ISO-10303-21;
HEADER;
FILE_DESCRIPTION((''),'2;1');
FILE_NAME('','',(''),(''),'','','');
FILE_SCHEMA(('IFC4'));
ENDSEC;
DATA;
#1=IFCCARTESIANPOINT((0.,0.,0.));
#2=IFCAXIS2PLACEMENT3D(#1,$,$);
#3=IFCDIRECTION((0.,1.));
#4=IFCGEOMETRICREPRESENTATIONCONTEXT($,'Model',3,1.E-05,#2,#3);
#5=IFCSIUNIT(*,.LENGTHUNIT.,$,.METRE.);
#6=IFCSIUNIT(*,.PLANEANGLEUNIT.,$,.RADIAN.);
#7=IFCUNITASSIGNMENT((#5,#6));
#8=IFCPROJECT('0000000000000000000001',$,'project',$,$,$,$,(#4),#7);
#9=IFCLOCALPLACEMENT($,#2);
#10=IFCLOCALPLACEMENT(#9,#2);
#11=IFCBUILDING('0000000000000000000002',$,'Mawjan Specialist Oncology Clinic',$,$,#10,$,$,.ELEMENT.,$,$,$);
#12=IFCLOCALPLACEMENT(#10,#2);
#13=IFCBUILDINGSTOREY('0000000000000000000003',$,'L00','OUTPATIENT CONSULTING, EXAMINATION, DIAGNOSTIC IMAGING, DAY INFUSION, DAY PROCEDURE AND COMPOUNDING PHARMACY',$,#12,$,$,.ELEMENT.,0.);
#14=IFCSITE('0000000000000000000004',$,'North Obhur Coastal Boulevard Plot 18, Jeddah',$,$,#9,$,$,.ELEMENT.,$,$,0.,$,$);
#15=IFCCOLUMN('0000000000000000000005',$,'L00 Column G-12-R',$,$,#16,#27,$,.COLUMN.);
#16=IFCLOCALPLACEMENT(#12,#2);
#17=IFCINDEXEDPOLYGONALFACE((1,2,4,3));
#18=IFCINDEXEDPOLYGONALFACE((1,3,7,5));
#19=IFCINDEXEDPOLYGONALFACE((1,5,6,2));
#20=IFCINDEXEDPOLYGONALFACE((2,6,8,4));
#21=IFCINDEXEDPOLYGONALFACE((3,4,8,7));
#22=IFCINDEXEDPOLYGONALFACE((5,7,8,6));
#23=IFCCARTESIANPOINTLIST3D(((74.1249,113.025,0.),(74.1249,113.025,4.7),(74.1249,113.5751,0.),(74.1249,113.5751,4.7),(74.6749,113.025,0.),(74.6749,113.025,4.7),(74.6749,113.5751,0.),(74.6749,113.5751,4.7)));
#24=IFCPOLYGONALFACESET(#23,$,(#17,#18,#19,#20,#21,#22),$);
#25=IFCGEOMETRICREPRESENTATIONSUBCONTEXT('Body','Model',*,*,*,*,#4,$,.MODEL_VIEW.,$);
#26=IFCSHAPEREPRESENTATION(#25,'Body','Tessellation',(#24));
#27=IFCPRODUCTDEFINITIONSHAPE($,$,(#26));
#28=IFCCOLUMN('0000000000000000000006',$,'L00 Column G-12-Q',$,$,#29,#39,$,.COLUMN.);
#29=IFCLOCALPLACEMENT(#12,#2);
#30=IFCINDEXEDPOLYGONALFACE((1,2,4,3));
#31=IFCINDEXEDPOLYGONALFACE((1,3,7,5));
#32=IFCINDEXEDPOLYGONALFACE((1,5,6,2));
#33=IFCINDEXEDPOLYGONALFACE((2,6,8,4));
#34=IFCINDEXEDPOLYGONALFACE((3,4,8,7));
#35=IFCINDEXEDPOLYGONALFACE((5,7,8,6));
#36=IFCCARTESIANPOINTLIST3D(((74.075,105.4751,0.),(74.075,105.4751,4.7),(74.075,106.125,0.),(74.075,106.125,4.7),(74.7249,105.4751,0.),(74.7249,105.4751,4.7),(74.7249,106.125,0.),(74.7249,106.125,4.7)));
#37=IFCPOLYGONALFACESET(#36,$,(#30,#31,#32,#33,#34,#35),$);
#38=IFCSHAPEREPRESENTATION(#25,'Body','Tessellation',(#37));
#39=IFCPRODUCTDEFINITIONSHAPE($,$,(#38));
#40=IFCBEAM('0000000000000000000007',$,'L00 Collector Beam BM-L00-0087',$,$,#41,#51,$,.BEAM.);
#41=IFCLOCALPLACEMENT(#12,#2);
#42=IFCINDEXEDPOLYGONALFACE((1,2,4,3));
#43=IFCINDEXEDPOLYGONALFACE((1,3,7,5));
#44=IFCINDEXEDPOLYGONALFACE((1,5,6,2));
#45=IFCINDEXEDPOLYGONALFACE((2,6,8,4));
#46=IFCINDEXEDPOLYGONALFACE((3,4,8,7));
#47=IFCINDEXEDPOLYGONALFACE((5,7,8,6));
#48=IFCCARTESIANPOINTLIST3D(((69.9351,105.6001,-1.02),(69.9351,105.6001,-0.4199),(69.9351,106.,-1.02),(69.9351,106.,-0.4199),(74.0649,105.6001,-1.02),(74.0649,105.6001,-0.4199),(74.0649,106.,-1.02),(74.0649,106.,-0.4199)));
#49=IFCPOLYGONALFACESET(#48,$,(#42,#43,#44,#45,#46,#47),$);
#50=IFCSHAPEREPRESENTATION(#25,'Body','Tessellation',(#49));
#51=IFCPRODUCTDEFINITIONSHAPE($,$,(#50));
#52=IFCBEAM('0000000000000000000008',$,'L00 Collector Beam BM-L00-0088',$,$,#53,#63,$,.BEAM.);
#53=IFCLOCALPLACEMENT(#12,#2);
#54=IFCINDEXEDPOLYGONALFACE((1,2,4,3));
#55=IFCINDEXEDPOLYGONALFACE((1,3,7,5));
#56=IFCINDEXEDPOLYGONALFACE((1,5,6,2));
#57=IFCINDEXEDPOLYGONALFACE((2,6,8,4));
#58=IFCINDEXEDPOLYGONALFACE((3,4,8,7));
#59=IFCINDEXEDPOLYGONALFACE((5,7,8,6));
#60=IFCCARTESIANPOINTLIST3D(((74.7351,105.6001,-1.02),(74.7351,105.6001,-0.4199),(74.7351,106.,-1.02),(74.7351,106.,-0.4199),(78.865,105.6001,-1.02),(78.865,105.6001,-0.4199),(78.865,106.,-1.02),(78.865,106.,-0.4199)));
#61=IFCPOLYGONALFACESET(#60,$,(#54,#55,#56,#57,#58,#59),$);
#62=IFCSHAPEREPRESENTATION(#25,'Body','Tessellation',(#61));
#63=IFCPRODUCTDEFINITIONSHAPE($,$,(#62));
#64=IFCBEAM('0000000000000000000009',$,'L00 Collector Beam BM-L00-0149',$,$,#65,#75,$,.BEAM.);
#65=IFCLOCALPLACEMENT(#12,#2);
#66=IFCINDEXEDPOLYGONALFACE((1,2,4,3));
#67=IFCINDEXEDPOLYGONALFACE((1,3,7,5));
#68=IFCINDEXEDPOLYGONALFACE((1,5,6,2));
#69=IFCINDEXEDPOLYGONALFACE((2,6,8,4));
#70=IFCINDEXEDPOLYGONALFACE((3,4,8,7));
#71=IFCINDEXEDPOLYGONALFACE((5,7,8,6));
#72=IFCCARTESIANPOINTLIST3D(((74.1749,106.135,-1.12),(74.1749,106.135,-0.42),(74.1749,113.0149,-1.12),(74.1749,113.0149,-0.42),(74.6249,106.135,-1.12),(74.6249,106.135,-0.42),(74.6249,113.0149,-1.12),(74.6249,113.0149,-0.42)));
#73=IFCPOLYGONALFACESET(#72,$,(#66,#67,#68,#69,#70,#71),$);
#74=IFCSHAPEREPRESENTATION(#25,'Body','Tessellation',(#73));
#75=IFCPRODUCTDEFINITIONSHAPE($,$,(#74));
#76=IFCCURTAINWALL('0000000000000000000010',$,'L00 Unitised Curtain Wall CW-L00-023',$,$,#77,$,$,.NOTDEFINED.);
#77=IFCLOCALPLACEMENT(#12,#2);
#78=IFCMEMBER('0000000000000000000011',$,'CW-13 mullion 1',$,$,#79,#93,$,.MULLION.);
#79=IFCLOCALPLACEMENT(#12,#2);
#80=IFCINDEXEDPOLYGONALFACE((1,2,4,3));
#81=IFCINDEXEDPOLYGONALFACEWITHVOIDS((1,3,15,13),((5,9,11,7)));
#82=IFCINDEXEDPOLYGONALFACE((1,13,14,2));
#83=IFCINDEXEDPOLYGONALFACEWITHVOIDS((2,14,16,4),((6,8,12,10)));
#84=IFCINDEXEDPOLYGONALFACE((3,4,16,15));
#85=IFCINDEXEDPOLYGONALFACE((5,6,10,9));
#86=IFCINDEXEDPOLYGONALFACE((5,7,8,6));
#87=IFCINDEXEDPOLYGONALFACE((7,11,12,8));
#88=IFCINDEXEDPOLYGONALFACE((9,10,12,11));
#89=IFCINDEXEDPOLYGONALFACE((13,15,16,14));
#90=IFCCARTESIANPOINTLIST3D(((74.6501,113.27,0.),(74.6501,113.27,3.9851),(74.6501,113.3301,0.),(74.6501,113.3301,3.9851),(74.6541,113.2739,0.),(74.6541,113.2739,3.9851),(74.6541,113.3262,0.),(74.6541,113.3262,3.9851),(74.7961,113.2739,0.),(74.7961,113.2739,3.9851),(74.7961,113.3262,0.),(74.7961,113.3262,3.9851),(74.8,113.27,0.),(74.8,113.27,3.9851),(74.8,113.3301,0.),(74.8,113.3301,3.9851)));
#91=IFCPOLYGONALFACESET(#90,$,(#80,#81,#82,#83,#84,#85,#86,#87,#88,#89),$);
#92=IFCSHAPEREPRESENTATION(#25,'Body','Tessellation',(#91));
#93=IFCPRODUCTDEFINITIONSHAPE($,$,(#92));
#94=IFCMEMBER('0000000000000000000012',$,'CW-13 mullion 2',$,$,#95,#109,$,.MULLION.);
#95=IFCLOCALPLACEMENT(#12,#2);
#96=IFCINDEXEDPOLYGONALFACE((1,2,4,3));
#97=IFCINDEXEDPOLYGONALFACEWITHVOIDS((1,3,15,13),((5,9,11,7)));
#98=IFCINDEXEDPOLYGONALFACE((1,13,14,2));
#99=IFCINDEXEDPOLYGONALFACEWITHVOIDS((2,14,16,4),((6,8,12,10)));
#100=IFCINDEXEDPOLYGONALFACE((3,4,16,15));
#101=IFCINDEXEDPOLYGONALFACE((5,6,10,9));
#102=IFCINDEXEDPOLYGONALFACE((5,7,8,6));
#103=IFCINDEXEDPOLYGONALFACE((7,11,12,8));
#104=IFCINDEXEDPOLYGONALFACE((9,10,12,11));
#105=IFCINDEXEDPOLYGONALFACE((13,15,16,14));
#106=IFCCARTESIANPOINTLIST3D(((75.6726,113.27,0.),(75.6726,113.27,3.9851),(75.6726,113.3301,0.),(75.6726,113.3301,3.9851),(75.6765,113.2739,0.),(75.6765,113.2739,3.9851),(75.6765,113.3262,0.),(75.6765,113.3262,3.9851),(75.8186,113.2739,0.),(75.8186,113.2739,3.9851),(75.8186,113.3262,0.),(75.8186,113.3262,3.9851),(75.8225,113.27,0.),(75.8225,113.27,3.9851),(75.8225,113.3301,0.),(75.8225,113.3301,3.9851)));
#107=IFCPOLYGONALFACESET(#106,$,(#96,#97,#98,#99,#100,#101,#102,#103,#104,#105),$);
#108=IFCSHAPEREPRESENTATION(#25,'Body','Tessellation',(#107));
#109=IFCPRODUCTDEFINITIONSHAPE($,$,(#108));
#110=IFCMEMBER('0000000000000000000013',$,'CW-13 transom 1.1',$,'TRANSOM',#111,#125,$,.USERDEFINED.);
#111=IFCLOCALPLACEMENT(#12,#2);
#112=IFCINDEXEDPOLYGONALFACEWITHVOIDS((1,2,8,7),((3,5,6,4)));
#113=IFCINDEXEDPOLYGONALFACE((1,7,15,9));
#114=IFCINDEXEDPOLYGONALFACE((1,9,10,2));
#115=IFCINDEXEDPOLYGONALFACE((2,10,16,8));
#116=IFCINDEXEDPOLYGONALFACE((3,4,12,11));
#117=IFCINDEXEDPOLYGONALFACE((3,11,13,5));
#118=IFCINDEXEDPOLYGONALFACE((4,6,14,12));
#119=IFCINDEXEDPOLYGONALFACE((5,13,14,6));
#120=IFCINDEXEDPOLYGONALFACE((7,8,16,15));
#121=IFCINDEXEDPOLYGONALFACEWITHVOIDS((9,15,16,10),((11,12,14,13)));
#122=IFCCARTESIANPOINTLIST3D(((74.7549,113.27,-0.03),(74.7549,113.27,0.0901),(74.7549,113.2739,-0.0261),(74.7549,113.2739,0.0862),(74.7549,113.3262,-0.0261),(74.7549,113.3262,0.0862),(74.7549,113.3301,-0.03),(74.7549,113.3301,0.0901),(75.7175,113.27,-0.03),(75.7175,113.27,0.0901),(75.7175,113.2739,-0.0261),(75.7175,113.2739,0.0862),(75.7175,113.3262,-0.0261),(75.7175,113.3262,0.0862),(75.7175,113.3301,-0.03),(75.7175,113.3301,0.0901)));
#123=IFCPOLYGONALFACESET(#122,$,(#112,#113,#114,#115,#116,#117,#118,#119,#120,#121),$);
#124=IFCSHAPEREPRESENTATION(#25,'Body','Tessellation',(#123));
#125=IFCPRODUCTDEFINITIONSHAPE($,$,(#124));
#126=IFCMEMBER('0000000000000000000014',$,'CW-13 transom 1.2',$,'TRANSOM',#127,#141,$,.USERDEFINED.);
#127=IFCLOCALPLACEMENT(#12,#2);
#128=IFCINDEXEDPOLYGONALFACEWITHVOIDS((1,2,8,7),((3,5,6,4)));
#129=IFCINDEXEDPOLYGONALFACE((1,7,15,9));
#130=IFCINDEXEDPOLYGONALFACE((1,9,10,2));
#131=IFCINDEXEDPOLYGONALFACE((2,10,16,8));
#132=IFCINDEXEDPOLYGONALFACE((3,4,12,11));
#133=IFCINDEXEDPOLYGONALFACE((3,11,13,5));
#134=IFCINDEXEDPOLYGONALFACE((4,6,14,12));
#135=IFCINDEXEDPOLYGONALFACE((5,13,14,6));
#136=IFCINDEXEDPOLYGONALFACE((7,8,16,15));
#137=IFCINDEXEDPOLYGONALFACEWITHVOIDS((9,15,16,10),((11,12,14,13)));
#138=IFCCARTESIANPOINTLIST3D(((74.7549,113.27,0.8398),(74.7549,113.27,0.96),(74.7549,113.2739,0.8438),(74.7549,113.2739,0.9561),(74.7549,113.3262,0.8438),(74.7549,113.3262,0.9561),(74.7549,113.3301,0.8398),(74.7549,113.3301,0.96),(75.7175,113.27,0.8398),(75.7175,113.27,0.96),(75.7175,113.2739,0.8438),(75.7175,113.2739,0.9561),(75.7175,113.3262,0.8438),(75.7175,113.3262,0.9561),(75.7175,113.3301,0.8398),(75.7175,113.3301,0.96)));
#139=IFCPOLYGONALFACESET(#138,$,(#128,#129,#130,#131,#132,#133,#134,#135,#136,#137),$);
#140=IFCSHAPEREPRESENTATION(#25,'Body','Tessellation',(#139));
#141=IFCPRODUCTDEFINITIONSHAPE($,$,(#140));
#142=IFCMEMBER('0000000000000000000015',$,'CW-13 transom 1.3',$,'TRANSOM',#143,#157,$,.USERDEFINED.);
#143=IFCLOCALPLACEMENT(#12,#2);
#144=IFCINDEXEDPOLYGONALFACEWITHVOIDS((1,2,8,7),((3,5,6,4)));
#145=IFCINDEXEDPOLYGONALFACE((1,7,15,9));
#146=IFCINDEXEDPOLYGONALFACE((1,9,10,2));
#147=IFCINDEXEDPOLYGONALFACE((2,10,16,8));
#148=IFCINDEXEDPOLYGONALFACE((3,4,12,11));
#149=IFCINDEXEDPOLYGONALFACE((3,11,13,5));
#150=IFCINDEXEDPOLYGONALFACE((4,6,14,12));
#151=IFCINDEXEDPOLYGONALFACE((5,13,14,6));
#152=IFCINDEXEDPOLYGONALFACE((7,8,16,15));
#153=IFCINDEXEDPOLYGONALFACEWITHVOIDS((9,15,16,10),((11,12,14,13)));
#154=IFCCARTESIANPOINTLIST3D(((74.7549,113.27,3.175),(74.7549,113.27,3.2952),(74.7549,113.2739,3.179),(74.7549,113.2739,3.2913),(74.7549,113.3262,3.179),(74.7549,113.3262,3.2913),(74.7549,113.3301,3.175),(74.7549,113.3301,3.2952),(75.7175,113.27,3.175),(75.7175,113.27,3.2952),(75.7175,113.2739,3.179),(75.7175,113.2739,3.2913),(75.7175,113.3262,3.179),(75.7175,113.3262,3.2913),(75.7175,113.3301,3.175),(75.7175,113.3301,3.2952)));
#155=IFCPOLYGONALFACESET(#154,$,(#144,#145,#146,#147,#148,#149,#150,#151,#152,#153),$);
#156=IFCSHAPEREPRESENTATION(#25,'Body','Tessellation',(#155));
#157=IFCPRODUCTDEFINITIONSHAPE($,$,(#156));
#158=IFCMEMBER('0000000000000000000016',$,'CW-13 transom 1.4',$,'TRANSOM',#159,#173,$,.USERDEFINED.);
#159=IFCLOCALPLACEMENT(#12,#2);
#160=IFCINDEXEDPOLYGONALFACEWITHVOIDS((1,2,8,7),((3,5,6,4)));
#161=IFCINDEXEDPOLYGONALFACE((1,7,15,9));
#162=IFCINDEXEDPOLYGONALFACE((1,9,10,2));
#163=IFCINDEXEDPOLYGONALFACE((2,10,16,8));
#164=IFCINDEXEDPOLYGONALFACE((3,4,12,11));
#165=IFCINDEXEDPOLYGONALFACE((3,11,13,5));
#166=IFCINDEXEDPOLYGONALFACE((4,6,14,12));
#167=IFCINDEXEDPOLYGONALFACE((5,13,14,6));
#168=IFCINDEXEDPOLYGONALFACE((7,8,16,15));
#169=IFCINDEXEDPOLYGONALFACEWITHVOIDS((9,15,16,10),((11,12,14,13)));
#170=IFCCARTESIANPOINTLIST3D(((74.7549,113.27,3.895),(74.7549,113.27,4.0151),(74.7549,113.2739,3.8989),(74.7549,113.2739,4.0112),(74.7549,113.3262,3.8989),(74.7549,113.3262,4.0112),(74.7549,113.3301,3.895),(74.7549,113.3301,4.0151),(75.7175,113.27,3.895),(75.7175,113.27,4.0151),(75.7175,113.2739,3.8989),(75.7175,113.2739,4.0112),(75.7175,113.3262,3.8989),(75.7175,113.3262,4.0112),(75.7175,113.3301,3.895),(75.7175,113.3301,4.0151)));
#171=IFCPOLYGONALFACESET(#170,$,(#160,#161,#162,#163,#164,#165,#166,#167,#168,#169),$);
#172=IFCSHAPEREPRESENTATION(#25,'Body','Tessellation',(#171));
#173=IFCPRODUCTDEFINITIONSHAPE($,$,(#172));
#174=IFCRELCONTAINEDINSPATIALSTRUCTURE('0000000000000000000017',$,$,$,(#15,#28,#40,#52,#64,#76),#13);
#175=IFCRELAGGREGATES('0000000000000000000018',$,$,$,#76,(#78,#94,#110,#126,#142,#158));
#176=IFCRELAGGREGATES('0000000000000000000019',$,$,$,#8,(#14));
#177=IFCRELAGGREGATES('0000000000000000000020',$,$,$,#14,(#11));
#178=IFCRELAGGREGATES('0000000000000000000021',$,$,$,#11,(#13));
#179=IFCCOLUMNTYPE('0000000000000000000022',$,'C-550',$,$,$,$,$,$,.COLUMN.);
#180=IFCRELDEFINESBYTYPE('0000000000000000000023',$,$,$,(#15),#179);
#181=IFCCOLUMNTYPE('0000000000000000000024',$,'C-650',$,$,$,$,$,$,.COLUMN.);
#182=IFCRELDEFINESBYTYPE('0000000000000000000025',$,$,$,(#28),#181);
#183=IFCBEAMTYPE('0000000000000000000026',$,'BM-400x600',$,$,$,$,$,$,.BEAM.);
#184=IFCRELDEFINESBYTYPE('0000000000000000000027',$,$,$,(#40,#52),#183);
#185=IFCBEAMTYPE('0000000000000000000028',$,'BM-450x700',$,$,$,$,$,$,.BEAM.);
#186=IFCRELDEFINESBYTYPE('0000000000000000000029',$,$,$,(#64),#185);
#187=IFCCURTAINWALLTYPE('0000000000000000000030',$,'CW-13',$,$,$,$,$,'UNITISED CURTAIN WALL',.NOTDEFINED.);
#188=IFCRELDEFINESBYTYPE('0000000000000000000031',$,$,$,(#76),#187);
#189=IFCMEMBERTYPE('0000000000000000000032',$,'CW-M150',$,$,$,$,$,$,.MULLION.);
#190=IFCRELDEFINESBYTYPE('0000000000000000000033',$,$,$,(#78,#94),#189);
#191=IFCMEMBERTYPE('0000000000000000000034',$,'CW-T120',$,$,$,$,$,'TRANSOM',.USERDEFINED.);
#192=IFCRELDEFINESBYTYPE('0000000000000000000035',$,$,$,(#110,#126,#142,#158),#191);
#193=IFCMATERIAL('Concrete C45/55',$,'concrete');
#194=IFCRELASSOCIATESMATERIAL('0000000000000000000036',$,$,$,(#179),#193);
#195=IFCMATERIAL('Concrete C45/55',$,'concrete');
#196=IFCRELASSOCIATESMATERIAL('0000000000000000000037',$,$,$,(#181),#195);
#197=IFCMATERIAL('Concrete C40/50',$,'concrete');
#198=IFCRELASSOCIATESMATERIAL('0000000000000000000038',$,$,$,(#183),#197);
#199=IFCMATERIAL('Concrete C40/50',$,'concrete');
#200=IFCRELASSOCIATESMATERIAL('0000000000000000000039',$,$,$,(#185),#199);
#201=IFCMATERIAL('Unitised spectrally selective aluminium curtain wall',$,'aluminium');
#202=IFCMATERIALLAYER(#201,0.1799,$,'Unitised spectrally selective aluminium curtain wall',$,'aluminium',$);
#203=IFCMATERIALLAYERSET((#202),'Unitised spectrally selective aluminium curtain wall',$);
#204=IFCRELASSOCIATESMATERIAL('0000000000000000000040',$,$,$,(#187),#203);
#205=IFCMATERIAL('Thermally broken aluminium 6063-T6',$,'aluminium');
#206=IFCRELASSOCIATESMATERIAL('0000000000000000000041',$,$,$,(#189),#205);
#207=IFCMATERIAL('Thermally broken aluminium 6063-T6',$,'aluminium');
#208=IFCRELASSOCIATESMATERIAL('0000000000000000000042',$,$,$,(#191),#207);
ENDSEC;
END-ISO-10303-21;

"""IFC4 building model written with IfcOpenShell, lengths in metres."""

from ifc_helpers import new_model, si_unit, direction, frame, origin, origin_2d, place, context, subcontext, project, spatial, rectangle, hollow_rectangle, extrude, material, layer, layer_set, material_profile, profile_set, type_object, element, aggregate, save


model = new_model("IFC4")

# Units and contexts
model_context = context("Model", 3, precision=1e-05, world=origin(), true_north=direction((0.0, 1.0)))
body_context = subcontext(model_context, "Body", "Model", "MODEL_VIEW")
ifc_project = project(units=[si_unit("LENGTHUNIT", "METRE"), si_unit("PLANEANGLEUNIT", "RADIAN")], contexts=[model_context])

# Site, building, storey
site_placement = place(None, origin())
site = spatial("IfcSite", under=ifc_project, at=site_placement, Name="North Obhur Coastal Boulevard Plot 18, Jeddah", CompositionType="ELEMENT", RefElevation=0.0)
building_placement = place(site_placement, origin())
building = spatial("IfcBuilding", under=site, at=building_placement, Name="Mawjan Specialist Oncology Clinic", CompositionType="ELEMENT")
storey_placement = place(building_placement, origin())
storey = spatial("IfcBuildingStorey", under=building, at=storey_placement, Name="L00", Description="OUTPATIENT CONSULTING, EXAMINATION, DIAGNOSTIC IMAGING, DAY INFUSION, DAY PROCEDURE AND COMPOUNDING PHARMACY", CompositionType="ELEMENT", Elevation=0.0)

# Columns
ifc_material_1 = material(Name="Concrete C45/55", Category="concrete")
ifc_material_profile_1 = material_profile(ifc_material_1, rectangle(XDim=0.55, YDim=0.55, at=origin_2d()), Name="RC COL 550x550", Category="concrete")
ifc_profile_set_1 = profile_set([ifc_material_profile_1], Name="Concrete C45/55")
column_type_1 = type_object("IfcColumnType", Name="C-550", PredefinedType="COLUMN", material=ifc_profile_set_1)
column_1_placement = place(storey_placement, frame((74.3999, 113.3, 0.0), z_axis=(0.0, 0.0, 1.0), x_axis=(1.0, 0.0, 0.0)))
element("IfcColumn", 1, at=column_1_placement, inside=storey, type_object=column_type_1, Name="L00 Column G-12-R", PredefinedType="COLUMN", context=body_context, shape_type="SweptSolid", body=[
    extrude(rectangle(XDim=0.55, YDim=0.55, at=origin_2d()), origin(), (0.0, 0.0, 1.0), 4.7),
])
ifc_material_2 = material(Name="Concrete C45/55", Category="concrete")
ifc_material_profile_2 = material_profile(ifc_material_2, rectangle(XDim=0.6499, YDim=0.6499, at=origin_2d()), Name="RC COL 650x650", Category="concrete")
ifc_profile_set_2 = profile_set([ifc_material_profile_2], Name="Concrete C45/55")
column_type_2 = type_object("IfcColumnType", Name="C-650", PredefinedType="COLUMN", material=ifc_profile_set_2)
column_2_placement = place(storey_placement, frame((74.3999, 105.8, 0.0), z_axis=(0.0, 0.0, 1.0), x_axis=(1.0, 0.0, 0.0)))
element("IfcColumn", 2, at=column_2_placement, inside=storey, type_object=column_type_2, Name="L00 Column G-12-Q", PredefinedType="COLUMN", context=body_context, shape_type="SweptSolid", body=[
    extrude(rectangle(XDim=0.6499, YDim=0.6499, at=origin_2d()), origin(), (0.0, 0.0, 1.0), 4.7),
])

# Beams
ifc_material_3 = material(Name="Concrete C40/50", Category="concrete")
ifc_material_profile_3 = material_profile(ifc_material_3, rectangle(XDim=0.3999, YDim=0.6001, at=origin_2d()), Name="RC BM 400x600", Category="concrete")
ifc_profile_set_3 = profile_set([ifc_material_profile_3], Name="Concrete C40/50")
beam_type_1 = type_object("IfcBeamType", Name="BM-400x600", PredefinedType="BEAM", material=ifc_profile_set_3)
for number, where, z_axis, x_axis, name in (
    (3, (69.9351, 105.8, -0.72), (1.0, 0.0, 0.0), (0.0, 1.0, 0.0), "L00 Collector Beam BM-L00-0087"),
    (4, (74.7351, 105.8, -0.72), (1.0, 0.0, 0.0), (0.0, 1.0, 0.0), "L00 Collector Beam BM-L00-0088"),
):
    element("IfcBeam", number, at=place(storey_placement, frame(where, z_axis=z_axis, x_axis=x_axis)), inside=storey, type_object=beam_type_1, Name=name, PredefinedType="BEAM", context=body_context, shape_type="SweptSolid", body=[
        extrude(rectangle(XDim=0.3999, YDim=0.6001, at=origin_2d()), origin(), (0.0, 0.0, 1.0), 4.1299),
    ])
ifc_material_4 = material(Name="Concrete C40/50", Category="concrete")
ifc_material_profile_4 = material_profile(ifc_material_4, rectangle(XDim=0.45, YDim=0.7, at=origin_2d()), Name="RC BM 450x700", Category="concrete")
ifc_profile_set_4 = profile_set([ifc_material_profile_4], Name="Concrete C40/50")
beam_type_2 = type_object("IfcBeamType", Name="BM-450x700", PredefinedType="BEAM", material=ifc_profile_set_4)
beam_placement = place(storey_placement, frame((74.3999, 106.135, -0.77), z_axis=(0.0, 1.0, 0.0), x_axis=(-1.0, 0.0, 0.0)))
element("IfcBeam", 5, at=beam_placement, inside=storey, type_object=beam_type_2, Name="L00 Collector Beam BM-L00-0149", PredefinedType="BEAM", context=body_context, shape_type="SweptSolid", body=[
    extrude(rectangle(XDim=0.45, YDim=0.7, at=origin_2d()), origin(), (0.0, 0.0, 1.0), 6.8799),
])

# Curtain wall, members
ifc_material_5 = material(Name="Unitised spectrally selective aluminium curtain wall", Category="aluminium")
ifc_layer_1 = layer(ifc_material_5, 0.1799, Name="Unitised spectrally selective aluminium curtain wall", Category="aluminium")
ifc_layer_set_1 = layer_set([ifc_layer_1], Name="Unitised spectrally selective aluminium curtain wall")
curtain_wall_type = type_object("IfcCurtainWallType", Name="CW-13", ElementType="UNITISED CURTAIN WALL", PredefinedType="NOTDEFINED", material=ifc_layer_set_1)
curtain_wall_placement = place(storey_placement, origin())
curtain_wall = element("IfcCurtainWall", 6, at=curtain_wall_placement, inside=storey, type_object=curtain_wall_type, Name="L00 Unitised Curtain Wall CW-L00-023", PredefinedType="NOTDEFINED")
ifc_material_6 = material(Name="Thermally broken aluminium 6063-T6", Category="aluminium")
ifc_material_profile_5 = material_profile(ifc_material_6, hollow_rectangle(XDim=0.0601, YDim=0.1499, WallThickness=0.0039, at=origin_2d()), Name="ALU MULLION 150x60x4", Category="aluminium")
ifc_profile_set_5 = profile_set([ifc_material_profile_5], Name="Thermally broken aluminium 6063-T6")
member_type_1 = type_object("IfcMemberType", Name="CW-M150", PredefinedType="MULLION", material=ifc_profile_set_5)
member_1_placement = place(storey_placement, frame((74.7251, 113.3, 0.0), z_axis=(0.0, 0.0, 1.0), x_axis=(0.0, 1.0, 0.0)))
member_1 = element("IfcMember", 7, at=member_1_placement, type_object=member_type_1, Name="CW-13 mullion 1", PredefinedType="MULLION", context=body_context, shape_type="SweptSolid", body=[
    extrude(hollow_rectangle(XDim=0.0601, YDim=0.1499, WallThickness=0.0039, at=origin_2d()), origin(), (0.0, 0.0, 1.0), 3.9851),
])
member_2_placement = place(storey_placement, frame((75.7476, 113.3, 0.0), z_axis=(0.0, 0.0, 1.0), x_axis=(0.0, 1.0, 0.0)))
member_2 = element("IfcMember", 8, at=member_2_placement, type_object=member_type_1, Name="CW-13 mullion 2", PredefinedType="MULLION", context=body_context, shape_type="SweptSolid", body=[
    extrude(hollow_rectangle(XDim=0.0601, YDim=0.1499, WallThickness=0.0039, at=origin_2d()), origin(), (0.0, 0.0, 1.0), 3.9851),
])
ifc_material_7 = material(Name="Thermally broken aluminium 6063-T6", Category="aluminium")
ifc_material_profile_6 = material_profile(ifc_material_7, hollow_rectangle(XDim=0.0601, YDim=0.1201, WallThickness=0.0039, at=origin_2d()), Name="ALU TRANSOM 120x60x4", Category="aluminium")
ifc_profile_set_6 = profile_set([ifc_material_profile_6], Name="Thermally broken aluminium 6063-T6")
member_type_2 = type_object("IfcMemberType", Name="CW-T120", ElementType="TRANSOM", PredefinedType="USERDEFINED", material=ifc_profile_set_6)
member_3_placement = place(storey_placement, frame((74.7549, 113.3, 0.03), z_axis=(1.0, 0.0, 0.0), x_axis=(0.0, 1.0, 0.0)))
member_3 = element("IfcMember", 9, at=member_3_placement, type_object=member_type_2, Name="CW-13 transom 1.1", ObjectType="TRANSOM", PredefinedType="USERDEFINED", context=body_context, shape_type="SweptSolid", body=[
    extrude(hollow_rectangle(XDim=0.0601, YDim=0.1201, WallThickness=0.0039, at=origin_2d()), origin(), (0.0, 0.0, 1.0), 0.9626),
])
member_4_placement = place(storey_placement, frame((74.7549, 113.3, 0.8999), z_axis=(1.0, 0.0, 0.0), x_axis=(0.0, 1.0, 0.0)))
member_4 = element("IfcMember", 10, at=member_4_placement, type_object=member_type_2, Name="CW-13 transom 1.2", ObjectType="TRANSOM", PredefinedType="USERDEFINED", context=body_context, shape_type="SweptSolid", body=[
    extrude(hollow_rectangle(XDim=0.0601, YDim=0.1201, WallThickness=0.0039, at=origin_2d()), origin(), (0.0, 0.0, 1.0), 0.9626),
])
member_5_placement = place(storey_placement, frame((74.7549, 113.3, 3.2351), z_axis=(1.0, 0.0, 0.0), x_axis=(0.0, 1.0, 0.0)))
member_5 = element("IfcMember", 11, at=member_5_placement, type_object=member_type_2, Name="CW-13 transom 1.3", ObjectType="TRANSOM", PredefinedType="USERDEFINED", context=body_context, shape_type="SweptSolid", body=[
    extrude(hollow_rectangle(XDim=0.0601, YDim=0.1201, WallThickness=0.0039, at=origin_2d()), origin(), (0.0, 0.0, 1.0), 0.9626),
])
member_6_placement = place(storey_placement, frame((74.7549, 113.3, 3.9551), z_axis=(1.0, 0.0, 0.0), x_axis=(0.0, 1.0, 0.0)))
member_6 = element("IfcMember", 12, at=member_6_placement, type_object=member_type_2, Name="CW-13 transom 1.4", ObjectType="TRANSOM", PredefinedType="USERDEFINED", context=body_context, shape_type="SweptSolid", body=[
    extrude(hollow_rectangle(XDim=0.0601, YDim=0.1201, WallThickness=0.0039, at=origin_2d()), origin(), (0.0, 0.0, 1.0), 0.9626),
])

aggregate(curtain_wall, [member_1, member_2, member_3, member_4, member_5, member_6])

save(model, "model.ifc")
